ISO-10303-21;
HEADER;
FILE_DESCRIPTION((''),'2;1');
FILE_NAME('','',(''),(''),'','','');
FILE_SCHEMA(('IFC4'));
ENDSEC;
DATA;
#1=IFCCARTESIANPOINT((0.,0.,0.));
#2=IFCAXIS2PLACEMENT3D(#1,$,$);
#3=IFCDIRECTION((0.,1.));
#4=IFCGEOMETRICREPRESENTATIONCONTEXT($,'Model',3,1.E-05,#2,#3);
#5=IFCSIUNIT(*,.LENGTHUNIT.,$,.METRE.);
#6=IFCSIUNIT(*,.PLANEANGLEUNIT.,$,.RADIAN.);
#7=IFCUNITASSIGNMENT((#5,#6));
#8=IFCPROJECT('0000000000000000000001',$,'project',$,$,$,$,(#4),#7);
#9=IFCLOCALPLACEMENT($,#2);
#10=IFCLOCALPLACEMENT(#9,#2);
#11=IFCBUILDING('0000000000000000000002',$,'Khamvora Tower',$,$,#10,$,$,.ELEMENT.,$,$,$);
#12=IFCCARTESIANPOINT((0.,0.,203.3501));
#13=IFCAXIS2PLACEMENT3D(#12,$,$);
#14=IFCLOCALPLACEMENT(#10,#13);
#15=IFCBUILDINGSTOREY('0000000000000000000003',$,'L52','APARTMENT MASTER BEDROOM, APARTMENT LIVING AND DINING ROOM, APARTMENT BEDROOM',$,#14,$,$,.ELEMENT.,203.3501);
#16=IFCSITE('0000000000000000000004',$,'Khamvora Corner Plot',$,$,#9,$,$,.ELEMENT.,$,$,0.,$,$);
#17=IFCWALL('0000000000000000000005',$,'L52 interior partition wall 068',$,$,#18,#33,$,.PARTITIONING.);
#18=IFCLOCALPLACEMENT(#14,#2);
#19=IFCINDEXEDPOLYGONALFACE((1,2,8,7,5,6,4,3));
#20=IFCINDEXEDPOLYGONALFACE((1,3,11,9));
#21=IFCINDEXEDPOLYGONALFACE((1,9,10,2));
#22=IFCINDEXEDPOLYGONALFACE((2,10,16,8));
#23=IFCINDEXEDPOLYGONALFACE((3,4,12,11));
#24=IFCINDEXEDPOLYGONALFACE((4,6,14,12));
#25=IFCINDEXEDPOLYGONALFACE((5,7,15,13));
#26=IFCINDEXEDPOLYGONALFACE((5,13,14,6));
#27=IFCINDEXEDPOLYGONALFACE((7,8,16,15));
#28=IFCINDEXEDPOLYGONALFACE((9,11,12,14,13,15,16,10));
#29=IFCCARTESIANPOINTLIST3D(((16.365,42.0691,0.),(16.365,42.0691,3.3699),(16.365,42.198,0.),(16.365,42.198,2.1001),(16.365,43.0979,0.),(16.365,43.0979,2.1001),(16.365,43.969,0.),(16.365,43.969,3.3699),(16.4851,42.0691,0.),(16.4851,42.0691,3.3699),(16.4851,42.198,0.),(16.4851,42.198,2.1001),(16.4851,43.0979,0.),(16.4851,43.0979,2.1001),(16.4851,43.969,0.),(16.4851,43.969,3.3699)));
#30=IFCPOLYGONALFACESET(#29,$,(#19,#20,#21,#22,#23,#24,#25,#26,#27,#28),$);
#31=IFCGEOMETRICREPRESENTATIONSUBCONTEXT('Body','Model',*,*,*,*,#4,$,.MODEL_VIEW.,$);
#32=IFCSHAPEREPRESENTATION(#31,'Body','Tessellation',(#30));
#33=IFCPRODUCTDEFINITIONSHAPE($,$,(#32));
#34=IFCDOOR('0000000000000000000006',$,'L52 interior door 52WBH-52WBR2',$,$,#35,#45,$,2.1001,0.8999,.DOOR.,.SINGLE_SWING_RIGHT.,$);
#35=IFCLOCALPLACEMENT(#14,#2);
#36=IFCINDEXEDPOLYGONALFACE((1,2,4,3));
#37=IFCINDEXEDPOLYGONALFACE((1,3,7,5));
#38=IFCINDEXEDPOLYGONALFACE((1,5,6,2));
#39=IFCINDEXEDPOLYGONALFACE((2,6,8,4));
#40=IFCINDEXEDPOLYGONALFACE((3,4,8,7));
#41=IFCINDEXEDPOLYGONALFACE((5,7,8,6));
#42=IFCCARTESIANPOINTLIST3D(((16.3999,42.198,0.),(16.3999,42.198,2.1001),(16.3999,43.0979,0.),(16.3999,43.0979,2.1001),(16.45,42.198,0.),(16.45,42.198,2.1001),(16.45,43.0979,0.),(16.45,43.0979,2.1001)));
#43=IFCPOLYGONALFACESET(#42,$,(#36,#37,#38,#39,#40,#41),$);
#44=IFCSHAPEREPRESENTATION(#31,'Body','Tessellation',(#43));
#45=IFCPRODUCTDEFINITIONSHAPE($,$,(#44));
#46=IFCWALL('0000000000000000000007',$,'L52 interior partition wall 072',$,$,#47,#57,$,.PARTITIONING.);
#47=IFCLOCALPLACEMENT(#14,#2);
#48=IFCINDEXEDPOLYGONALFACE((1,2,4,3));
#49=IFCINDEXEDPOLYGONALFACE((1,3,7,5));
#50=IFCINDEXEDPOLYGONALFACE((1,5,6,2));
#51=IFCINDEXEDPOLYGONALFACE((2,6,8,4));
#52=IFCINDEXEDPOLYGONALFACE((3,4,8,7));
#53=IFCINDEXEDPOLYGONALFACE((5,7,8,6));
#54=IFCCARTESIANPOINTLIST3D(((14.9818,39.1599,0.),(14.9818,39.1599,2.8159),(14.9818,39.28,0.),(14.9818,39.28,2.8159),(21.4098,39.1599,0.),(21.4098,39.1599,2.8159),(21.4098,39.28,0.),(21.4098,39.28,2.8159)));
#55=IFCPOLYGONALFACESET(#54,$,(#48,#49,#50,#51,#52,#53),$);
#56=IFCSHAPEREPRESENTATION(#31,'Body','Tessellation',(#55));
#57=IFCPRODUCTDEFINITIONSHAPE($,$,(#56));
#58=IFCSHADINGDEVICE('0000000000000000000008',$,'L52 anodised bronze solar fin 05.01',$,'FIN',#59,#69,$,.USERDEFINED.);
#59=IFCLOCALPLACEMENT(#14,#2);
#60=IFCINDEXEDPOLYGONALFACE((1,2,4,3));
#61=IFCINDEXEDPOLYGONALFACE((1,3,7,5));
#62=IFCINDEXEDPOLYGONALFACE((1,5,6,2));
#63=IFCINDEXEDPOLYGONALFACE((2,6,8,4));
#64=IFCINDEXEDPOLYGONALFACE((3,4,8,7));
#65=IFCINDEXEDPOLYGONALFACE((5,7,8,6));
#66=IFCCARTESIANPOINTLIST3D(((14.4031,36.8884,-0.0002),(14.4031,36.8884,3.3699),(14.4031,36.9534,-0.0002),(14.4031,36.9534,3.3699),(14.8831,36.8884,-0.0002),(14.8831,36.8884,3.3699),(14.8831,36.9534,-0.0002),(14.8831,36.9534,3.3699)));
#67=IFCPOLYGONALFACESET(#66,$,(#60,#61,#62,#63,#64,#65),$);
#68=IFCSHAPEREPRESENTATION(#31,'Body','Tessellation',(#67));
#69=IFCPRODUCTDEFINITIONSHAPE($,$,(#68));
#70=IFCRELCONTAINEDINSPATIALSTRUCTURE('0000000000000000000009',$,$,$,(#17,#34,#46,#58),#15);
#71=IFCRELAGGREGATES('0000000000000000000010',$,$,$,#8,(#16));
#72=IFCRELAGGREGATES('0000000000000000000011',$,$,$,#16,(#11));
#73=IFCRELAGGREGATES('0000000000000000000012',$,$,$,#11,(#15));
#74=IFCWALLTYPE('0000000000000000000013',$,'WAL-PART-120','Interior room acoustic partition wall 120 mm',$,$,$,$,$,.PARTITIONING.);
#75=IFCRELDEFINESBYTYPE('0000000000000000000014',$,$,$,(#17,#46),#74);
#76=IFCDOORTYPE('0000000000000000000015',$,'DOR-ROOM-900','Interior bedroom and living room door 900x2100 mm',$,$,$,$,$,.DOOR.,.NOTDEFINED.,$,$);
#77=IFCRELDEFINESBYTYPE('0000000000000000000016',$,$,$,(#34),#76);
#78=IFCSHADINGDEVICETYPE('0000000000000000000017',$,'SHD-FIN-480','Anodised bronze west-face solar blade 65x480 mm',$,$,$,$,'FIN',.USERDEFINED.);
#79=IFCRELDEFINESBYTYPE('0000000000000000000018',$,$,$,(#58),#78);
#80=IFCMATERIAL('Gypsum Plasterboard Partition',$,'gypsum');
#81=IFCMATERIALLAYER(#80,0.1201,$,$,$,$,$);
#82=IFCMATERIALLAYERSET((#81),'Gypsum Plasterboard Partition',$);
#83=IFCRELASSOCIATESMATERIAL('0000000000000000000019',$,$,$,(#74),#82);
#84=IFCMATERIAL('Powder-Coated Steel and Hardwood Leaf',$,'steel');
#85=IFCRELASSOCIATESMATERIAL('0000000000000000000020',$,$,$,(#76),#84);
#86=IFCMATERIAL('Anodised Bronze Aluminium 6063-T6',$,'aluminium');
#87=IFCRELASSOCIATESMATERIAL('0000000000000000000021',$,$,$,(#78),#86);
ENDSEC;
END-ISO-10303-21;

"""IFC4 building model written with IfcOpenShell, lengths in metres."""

from ifc_helpers import new_model, si_unit, direction, frame, frame_2d, origin, origin_2d, place, context, subcontext, project, spatial, rectangle, extrude, material, layer, layer_set, type_object, element, fill, save


model = new_model("IFC4")

# Units and contexts
model_context = context("Model", 3, precision=1e-05, world=origin(), true_north=direction((0.0, 1.0)))
body_context = subcontext(model_context, "Body", "Model", "MODEL_VIEW")
ifc_project = project(units=[si_unit("LENGTHUNIT", "METRE"), si_unit("PLANEANGLEUNIT", "RADIAN")], contexts=[model_context])

# Site, building, storey
site_placement = place(None, origin())
site = spatial("IfcSite", under=ifc_project, at=site_placement, Name="Khamvora Corner Plot", CompositionType="ELEMENT", RefElevation=0.0)
building_placement = place(site_placement, origin())
building = spatial("IfcBuilding", under=site, at=building_placement, Name="Khamvora Tower", CompositionType="ELEMENT")
storey_placement = place(building_placement, frame((0.0, 0.0, 203.3501)))
storey = spatial("IfcBuildingStorey", under=building, at=storey_placement, Name="L52", Description="APARTMENT MASTER BEDROOM, APARTMENT LIVING AND DINING ROOM, APARTMENT BEDROOM", CompositionType="ELEMENT", Elevation=203.3501)

# Shared definitions
ifc_material_1 = material(Name="Gypsum Plasterboard Partition", Category="gypsum")
ifc_layer_1 = layer(ifc_material_1, 0.1201)
ifc_layer_set_1 = layer_set([ifc_layer_1], Name="Gypsum Plasterboard Partition")
wall_type_1 = type_object("IfcWallType", Name="WAL-PART-120", Description="Interior room acoustic partition wall 120 mm", PredefinedType="PARTITIONING", material=ifc_layer_set_1)

# Wall, opening, door
wall_1_placement = place(storey_placement, frame((16.425, 43.969, 0.0), z_axis=(0.0, 0.0, 1.0), x_axis=(0.0, -1.0, 0.0)))
wall_1 = element("IfcWall", 1, at=wall_1_placement, inside=storey, type_object=wall_type_1, Name="L52 interior partition wall 068", PredefinedType="PARTITIONING", context=body_context, shape_type="SweptSolid", body=[
    extrude(rectangle(XDim=1.8999, YDim=0.1201, at=frame_2d((0.95, 0.0))), origin(), (0.0, 0.0, 1.0), 3.3699),
])
opening_1_placement = place(wall_1_placement, frame((0.8711, 0.0, 0.0)))
opening_1 = element("IfcOpeningElement", 2, at=opening_1_placement, cuts=wall_1, PredefinedType="OPENING", context=body_context, shape_type="SweptSolid", body=[
    extrude(rectangle(XDim=0.8999, YDim=2.1001, at=frame_2d((0.45, 1.05))), frame((0.0, 0.0701, 0.0), z_axis=(0.0, -1.0, 0.0), x_axis=(1.0, 0.0, 0.0)), (0.0, 0.0, 1.0), 0.1401),
])
ifc_material_2 = material(Name="Powder-Coated Steel and Hardwood Leaf", Category="steel")
door_type = type_object("IfcDoorType", Name="DOR-ROOM-900", Description="Interior bedroom and living room door 900x2100 mm", OperationType="NOTDEFINED", PredefinedType="DOOR", material=ifc_material_2)
door_placement = place(opening_1_placement, origin())
door = element("IfcDoor", 3, at=door_placement, inside=storey, type_object=door_type, Name="L52 interior door 52WBH-52WBR2", OperationType="SINGLE_SWING_RIGHT", OverallHeight=2.1001, OverallWidth=0.8999, PredefinedType="DOOR", context=body_context, shape_type="SweptSolid", body=[
    extrude(rectangle(XDim=0.8999, YDim=2.1001, at=frame_2d((0.45, 1.05))), frame((0.0, 0.0249, 0.0), z_axis=(0.0, -1.0, 0.0), x_axis=(1.0, 0.0, 0.0)), (0.0, 0.0, 1.0), 0.05),
])
fill(opening_1, door)

# Wall
wall_2_placement = place(storey_placement, frame((14.9819, 39.22, 0.0), z_axis=(0.0, 0.0, 1.0), x_axis=(1.0, 0.0, 0.0)))
element("IfcWall", 4, at=wall_2_placement, inside=storey, type_object=wall_type_1, Name="L52 interior partition wall 072", PredefinedType="PARTITIONING", context=body_context, shape_type="SweptSolid", body=[
    extrude(rectangle(XDim=6.428, YDim=0.1201, at=frame_2d((3.2139, 0.0))), origin(), (0.0, 0.0, 1.0), 2.8159),
])

# Shading device
ifc_material_3 = material(Name="Anodised Bronze Aluminium 6063-T6", Category="aluminium")
shading_device_type = type_object("IfcShadingDeviceType", Name="SHD-FIN-480", Description="Anodised bronze west-face solar blade 65x480 mm", ElementType="FIN", PredefinedType="USERDEFINED", material=ifc_material_3)
shading_device_placement = place(storey_placement, frame((14.6431, 36.9209, -0.0002), z_axis=(0.0, 0.0, 1.0), x_axis=(0.0, 1.0, 0.0)))
element("IfcShadingDevice", 5, at=shading_device_placement, inside=storey, type_object=shading_device_type, Name="L52 anodised bronze solar fin 05.01", ObjectType="FIN", PredefinedType="USERDEFINED", context=body_context, shape_type="SweptSolid", body=[
    extrude(rectangle(XDim=0.0649, YDim=0.48, at=origin_2d()), origin(), (0.0, 0.0, 1.0), 3.3701),
])

save(model, "model.ifc")
